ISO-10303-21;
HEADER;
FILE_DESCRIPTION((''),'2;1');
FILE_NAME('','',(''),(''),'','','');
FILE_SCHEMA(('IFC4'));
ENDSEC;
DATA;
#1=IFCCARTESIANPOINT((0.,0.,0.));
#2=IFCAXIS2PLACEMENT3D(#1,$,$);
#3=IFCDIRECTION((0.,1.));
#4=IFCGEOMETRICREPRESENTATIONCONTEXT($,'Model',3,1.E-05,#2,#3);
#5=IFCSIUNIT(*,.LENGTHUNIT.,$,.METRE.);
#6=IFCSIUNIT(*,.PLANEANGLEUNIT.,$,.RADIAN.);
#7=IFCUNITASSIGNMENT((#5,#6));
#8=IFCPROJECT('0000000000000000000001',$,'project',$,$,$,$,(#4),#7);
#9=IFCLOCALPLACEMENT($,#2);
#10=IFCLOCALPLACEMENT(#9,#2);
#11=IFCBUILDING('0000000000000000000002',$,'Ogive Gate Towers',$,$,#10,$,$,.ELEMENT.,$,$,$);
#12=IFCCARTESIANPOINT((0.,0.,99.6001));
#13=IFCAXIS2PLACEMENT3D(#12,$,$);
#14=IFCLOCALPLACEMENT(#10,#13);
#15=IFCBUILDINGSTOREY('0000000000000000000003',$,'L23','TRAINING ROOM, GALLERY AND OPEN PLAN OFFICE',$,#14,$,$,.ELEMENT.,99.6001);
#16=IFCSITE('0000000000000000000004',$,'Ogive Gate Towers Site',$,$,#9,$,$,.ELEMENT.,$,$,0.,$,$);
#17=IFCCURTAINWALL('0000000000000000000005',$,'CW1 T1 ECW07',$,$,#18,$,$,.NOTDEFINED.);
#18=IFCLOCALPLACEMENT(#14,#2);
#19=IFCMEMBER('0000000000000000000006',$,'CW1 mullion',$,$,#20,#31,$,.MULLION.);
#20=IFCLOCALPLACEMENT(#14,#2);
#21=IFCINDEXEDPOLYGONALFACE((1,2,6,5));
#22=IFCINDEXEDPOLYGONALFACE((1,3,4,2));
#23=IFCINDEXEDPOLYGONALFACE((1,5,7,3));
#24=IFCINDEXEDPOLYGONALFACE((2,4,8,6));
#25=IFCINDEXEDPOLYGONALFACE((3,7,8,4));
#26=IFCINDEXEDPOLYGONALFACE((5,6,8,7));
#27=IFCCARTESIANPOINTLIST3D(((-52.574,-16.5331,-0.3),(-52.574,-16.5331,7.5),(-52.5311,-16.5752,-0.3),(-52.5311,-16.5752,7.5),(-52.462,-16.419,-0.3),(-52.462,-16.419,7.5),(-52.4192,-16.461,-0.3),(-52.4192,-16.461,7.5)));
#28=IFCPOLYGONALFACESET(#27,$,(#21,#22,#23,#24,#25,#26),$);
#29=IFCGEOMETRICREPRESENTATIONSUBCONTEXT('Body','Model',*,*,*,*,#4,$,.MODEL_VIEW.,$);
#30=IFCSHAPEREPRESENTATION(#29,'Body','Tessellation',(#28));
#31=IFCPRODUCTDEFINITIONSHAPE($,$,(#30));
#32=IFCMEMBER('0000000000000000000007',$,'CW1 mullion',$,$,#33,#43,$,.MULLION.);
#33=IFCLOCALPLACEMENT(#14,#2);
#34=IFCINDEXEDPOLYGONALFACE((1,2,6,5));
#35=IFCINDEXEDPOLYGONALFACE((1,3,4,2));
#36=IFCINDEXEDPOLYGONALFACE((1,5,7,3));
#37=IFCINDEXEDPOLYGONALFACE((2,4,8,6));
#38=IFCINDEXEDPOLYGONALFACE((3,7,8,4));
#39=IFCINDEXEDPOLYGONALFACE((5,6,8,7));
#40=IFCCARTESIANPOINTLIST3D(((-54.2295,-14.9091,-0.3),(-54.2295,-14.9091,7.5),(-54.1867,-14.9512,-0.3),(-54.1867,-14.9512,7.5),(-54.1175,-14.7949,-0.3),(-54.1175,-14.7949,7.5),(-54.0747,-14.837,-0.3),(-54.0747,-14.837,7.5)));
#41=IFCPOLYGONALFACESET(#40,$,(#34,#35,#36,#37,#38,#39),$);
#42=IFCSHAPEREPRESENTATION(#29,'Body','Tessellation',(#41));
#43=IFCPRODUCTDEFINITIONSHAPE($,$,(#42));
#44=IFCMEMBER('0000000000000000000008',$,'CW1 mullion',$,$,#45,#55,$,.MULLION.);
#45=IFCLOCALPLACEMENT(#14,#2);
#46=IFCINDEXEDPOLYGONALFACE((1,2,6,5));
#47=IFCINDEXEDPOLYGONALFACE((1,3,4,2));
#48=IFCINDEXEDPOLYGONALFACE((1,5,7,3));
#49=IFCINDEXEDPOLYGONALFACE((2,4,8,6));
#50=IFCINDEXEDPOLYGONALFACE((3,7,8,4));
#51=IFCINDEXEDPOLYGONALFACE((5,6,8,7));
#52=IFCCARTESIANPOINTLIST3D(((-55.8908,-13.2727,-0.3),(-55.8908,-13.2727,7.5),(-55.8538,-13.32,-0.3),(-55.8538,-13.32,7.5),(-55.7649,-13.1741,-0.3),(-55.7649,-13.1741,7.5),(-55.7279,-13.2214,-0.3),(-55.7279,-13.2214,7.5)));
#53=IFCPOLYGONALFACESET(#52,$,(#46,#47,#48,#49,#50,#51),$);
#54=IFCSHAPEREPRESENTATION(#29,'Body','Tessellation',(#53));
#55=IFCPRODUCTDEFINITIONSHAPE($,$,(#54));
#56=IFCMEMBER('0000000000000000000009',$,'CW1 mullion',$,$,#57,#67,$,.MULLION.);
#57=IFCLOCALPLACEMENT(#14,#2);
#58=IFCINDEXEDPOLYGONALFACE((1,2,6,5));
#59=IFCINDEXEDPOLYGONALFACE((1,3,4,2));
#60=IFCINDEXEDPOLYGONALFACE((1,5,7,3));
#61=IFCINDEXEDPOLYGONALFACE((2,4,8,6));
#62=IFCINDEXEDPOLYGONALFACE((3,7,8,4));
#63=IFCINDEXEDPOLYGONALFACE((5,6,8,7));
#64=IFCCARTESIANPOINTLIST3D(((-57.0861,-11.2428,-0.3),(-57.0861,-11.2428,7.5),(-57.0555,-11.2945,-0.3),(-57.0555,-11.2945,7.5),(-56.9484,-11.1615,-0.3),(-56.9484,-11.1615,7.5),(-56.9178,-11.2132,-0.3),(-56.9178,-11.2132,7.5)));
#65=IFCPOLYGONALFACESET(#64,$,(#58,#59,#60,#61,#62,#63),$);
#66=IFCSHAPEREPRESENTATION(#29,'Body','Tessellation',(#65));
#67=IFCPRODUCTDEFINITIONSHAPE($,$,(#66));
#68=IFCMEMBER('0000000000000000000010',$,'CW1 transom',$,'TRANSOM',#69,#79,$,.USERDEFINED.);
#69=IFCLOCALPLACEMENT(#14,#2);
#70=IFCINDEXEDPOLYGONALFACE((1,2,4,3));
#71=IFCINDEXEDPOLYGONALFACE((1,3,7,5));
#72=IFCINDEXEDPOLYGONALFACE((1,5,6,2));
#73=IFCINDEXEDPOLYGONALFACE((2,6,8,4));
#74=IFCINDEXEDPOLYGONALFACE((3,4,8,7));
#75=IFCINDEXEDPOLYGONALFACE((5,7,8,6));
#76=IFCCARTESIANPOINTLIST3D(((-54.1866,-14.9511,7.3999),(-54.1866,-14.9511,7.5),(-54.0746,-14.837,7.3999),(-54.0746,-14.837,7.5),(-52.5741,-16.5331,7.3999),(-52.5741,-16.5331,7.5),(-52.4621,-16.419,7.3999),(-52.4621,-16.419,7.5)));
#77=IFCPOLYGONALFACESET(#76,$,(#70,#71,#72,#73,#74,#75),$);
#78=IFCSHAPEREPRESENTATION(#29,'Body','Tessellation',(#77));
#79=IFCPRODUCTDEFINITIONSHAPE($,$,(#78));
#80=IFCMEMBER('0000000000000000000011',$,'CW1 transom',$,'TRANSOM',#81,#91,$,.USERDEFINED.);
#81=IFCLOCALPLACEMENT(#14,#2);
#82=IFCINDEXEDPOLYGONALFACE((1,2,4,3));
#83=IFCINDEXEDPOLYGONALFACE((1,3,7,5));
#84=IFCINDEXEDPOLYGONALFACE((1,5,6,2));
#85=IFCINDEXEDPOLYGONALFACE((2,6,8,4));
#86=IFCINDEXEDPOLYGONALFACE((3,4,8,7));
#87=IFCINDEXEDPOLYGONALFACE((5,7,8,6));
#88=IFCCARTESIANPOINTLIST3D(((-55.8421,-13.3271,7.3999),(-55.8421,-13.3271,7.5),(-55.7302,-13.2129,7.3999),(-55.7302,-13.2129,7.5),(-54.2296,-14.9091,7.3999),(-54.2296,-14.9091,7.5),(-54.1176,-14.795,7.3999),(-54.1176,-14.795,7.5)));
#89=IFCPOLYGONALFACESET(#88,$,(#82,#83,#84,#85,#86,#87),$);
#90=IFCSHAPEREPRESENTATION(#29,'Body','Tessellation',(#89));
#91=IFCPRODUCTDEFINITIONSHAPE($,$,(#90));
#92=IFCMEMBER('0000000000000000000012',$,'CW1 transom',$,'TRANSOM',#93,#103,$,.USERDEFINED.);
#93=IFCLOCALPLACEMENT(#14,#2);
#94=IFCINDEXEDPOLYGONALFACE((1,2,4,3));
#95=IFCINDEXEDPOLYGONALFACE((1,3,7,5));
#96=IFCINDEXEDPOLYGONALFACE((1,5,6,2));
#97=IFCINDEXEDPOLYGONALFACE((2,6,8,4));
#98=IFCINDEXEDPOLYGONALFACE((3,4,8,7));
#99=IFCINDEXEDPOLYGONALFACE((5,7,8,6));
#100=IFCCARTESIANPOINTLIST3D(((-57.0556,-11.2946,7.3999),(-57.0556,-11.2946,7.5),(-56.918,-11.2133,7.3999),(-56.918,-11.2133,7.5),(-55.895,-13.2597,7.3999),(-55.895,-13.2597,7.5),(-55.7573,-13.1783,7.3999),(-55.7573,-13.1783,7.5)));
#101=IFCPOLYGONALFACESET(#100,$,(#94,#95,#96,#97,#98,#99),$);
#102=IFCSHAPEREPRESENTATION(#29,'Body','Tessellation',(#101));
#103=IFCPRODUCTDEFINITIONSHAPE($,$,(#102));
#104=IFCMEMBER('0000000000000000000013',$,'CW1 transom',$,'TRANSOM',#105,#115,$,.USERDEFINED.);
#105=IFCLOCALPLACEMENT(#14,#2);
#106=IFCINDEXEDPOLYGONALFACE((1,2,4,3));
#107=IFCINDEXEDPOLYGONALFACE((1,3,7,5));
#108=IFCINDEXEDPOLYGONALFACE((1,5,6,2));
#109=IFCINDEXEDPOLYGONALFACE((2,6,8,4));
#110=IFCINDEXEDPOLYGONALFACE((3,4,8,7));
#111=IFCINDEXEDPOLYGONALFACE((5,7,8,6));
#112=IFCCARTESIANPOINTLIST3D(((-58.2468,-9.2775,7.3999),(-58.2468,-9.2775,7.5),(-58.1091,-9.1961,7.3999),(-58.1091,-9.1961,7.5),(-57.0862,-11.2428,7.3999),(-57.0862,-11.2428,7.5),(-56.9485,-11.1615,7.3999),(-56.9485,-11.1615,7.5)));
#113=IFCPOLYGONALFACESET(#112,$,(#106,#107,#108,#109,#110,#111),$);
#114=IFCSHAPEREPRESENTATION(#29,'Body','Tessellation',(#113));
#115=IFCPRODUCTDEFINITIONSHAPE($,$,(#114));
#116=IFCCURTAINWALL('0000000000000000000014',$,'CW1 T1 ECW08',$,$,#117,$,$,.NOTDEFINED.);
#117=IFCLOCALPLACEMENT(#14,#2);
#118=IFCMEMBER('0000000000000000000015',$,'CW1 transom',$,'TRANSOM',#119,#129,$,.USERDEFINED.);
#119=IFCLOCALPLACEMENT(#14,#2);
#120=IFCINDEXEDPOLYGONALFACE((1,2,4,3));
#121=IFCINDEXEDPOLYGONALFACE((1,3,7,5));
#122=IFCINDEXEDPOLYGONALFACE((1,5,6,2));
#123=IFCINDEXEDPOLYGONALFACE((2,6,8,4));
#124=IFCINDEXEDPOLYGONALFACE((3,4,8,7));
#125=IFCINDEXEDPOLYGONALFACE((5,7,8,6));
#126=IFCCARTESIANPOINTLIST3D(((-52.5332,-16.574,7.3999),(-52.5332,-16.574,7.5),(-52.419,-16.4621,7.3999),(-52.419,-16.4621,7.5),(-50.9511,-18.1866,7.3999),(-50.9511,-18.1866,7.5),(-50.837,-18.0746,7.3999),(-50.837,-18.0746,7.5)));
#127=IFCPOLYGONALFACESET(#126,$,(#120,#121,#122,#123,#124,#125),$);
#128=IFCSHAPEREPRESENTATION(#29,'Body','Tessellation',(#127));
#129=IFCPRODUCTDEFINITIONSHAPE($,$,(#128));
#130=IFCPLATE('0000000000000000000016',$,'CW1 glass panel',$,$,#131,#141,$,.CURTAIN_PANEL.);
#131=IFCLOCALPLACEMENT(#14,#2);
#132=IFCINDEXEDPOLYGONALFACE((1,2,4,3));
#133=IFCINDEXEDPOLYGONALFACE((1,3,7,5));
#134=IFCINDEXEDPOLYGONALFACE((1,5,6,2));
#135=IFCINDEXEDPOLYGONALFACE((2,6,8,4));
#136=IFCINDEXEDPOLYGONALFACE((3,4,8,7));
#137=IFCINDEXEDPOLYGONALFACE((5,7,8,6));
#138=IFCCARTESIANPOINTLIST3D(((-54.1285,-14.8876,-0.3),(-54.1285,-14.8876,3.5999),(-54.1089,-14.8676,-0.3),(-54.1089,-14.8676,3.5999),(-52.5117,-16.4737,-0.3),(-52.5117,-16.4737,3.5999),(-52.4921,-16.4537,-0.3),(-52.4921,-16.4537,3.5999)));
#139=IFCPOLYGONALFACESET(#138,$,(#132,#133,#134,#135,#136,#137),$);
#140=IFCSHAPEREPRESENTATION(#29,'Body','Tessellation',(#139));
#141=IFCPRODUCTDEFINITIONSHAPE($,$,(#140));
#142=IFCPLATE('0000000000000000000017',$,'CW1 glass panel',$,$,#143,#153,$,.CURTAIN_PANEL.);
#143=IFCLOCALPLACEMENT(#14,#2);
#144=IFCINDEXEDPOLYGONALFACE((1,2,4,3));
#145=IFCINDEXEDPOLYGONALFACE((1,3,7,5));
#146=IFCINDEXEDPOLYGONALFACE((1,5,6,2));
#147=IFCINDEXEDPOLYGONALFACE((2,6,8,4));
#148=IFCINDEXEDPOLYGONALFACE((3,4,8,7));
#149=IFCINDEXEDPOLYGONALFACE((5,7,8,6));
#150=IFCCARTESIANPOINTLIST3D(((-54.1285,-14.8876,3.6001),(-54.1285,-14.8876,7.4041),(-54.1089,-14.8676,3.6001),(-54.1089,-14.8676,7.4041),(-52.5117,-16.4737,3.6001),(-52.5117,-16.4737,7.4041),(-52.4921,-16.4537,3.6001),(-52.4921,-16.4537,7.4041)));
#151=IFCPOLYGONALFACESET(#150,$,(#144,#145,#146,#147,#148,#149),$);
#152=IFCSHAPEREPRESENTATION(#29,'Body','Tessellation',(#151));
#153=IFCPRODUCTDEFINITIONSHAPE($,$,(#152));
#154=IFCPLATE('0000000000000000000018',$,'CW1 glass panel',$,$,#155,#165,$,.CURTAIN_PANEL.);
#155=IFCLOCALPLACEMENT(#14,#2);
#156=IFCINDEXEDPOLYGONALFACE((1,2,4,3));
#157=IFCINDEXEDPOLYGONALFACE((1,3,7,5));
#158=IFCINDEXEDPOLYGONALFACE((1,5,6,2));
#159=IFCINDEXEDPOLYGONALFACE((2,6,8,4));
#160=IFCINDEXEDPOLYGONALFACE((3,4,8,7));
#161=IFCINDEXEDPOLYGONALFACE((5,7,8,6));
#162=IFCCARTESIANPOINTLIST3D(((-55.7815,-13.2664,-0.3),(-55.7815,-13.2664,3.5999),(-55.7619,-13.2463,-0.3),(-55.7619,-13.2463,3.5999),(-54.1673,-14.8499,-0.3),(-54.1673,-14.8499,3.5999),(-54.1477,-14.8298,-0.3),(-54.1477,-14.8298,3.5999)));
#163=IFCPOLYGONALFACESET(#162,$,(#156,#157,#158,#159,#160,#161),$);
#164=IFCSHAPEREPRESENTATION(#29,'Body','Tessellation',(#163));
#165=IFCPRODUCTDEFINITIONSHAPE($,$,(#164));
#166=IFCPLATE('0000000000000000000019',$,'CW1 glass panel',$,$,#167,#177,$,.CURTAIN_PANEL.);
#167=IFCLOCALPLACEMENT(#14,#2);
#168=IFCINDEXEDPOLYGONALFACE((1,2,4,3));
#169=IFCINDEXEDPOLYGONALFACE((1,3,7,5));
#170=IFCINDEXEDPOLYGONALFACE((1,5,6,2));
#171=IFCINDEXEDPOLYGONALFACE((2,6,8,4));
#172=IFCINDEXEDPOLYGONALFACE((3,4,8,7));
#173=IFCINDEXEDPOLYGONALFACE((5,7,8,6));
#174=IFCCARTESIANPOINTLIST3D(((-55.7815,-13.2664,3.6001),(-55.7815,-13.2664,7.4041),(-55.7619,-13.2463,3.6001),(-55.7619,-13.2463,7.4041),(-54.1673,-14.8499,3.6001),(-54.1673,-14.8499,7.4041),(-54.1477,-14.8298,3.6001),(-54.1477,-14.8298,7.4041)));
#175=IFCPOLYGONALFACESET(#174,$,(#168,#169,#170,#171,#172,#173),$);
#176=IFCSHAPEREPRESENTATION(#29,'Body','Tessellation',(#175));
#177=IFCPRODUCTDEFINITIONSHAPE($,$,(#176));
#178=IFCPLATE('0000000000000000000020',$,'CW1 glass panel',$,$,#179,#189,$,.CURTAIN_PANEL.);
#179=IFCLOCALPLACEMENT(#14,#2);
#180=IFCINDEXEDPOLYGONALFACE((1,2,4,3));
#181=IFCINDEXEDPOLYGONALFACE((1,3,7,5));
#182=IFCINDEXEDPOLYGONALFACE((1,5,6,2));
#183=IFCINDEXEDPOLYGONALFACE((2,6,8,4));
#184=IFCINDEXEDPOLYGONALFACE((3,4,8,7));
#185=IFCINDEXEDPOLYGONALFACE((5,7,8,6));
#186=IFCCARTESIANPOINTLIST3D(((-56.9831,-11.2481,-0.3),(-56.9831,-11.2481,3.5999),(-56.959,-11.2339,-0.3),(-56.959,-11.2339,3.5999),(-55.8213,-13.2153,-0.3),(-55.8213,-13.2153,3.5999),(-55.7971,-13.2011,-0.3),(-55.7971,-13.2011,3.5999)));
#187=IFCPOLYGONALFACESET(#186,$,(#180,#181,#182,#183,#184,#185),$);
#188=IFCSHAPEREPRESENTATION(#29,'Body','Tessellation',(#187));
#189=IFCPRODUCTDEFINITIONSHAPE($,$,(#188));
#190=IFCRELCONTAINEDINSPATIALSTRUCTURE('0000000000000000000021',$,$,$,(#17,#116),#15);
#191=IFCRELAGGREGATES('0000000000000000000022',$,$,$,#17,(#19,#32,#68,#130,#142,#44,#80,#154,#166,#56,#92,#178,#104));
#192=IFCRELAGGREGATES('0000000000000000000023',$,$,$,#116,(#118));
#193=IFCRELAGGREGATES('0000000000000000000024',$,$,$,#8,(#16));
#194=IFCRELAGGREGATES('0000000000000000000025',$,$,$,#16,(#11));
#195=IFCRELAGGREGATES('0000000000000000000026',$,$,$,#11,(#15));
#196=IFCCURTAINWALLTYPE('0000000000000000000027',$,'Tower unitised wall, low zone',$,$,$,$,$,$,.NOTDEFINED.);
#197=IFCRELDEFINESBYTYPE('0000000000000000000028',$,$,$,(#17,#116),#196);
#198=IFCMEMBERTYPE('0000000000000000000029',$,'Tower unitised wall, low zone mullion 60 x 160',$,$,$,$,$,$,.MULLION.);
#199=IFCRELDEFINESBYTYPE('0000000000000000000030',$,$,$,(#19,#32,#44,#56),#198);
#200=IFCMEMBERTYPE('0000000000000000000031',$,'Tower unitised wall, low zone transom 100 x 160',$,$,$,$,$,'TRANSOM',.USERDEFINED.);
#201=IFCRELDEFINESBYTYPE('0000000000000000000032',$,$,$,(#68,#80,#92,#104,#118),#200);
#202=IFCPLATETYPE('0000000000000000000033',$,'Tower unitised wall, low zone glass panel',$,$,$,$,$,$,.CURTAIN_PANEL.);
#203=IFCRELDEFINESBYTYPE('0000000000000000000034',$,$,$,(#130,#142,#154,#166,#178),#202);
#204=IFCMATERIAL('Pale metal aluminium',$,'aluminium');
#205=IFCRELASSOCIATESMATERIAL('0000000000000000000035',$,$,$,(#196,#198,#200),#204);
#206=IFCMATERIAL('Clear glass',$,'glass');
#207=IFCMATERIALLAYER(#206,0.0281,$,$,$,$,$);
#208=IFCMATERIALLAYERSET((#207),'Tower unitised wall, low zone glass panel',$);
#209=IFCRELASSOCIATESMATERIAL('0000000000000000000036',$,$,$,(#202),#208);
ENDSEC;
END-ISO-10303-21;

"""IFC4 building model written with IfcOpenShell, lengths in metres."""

from ifc_helpers import new_model, si_unit, direction, frame, origin, origin_2d, place, context, subcontext, project, spatial, rectangle, extrude, material, layer, layer_set, material_profile, profile_set, type_object, element, aggregate, save


model = new_model("IFC4")

# Units and contexts
model_context = context("Model", 3, precision=1e-05, world=origin(), true_north=direction((0.0, 1.0)))
body_context = subcontext(model_context, "Body", "Model", "MODEL_VIEW")
ifc_project = project(units=[si_unit("LENGTHUNIT", "METRE"), si_unit("PLANEANGLEUNIT", "RADIAN")], contexts=[model_context])

# Site, building, storey
site_placement = place(None, origin())
site = spatial("IfcSite", under=ifc_project, at=site_placement, Name="Ogive Gate Towers Site", CompositionType="ELEMENT", RefElevation=0.0)
building_placement = place(site_placement, origin())
building = spatial("IfcBuilding", under=site, at=building_placement, Name="Ogive Gate Towers", CompositionType="ELEMENT")
storey_placement = place(building_placement, frame((0.0, 0.0, 99.6001)))
storey = spatial("IfcBuildingStorey", under=building, at=storey_placement, Name="L23", Description="TRAINING ROOM, GALLERY AND OPEN PLAN OFFICE", CompositionType="ELEMENT", Elevation=99.6001)

# Curtain wall, members
ifc_material_1 = material(Name="Pale metal aluminium", Category="aluminium")
curtain_wall_type = type_object("IfcCurtainWallType", Name="Tower unitised wall, low zone", PredefinedType="NOTDEFINED", material=ifc_material_1)
curtain_wall_1_placement = place(storey_placement, origin())
curtain_wall_1 = element("IfcCurtainWall", 1, at=curtain_wall_1_placement, inside=storey, type_object=curtain_wall_type, Name="CW1 T1 ECW07", PredefinedType="NOTDEFINED")
ifc_material_profile_1 = material_profile(ifc_material_1, rectangle(XDim=0.1599, YDim=0.0601, at=origin_2d()), Name="60 x 160 aluminium box")
ifc_profile_set_1 = profile_set([ifc_material_profile_1], Name="Pale metal aluminium")
member_type_1 = type_object("IfcMemberType", Name="Tower unitised wall, low zone mullion 60 x 160", PredefinedType="MULLION", material=ifc_profile_set_1)
member_1_placement = place(storey_placement, frame((-52.4966, -16.4971, -0.3), z_axis=(0.0, 0.0, 1.0), x_axis=(0.700299, 0.71385, 0.0)))
member_1 = element("IfcMember", 2, at=member_1_placement, type_object=member_type_1, Name="CW1 mullion", PredefinedType="MULLION", context=body_context, shape_type="SweptSolid", body=[
    extrude(rectangle(XDim=0.1599, YDim=0.0601, at=origin_2d()), origin(), (0.0, 0.0, 1.0), 7.8),
])
member_2_placement = place(storey_placement, frame((-54.1521, -14.873, -0.3), z_axis=(0.0, 0.0, 1.0), x_axis=(0.700299, 0.71385, 0.0)))
member_2 = element("IfcMember", 3, at=member_2_placement, type_object=member_type_1, Name="CW1 mullion", PredefinedType="MULLION", context=body_context, shape_type="SweptSolid", body=[
    extrude(rectangle(XDim=0.1599, YDim=0.0601, at=origin_2d()), origin(), (0.0, 0.0, 1.0), 7.8),
])
member_3_placement = place(storey_placement, frame((-55.8093, -13.2471, -0.3), z_axis=(0.0, 0.0, 1.0), x_axis=(0.787387, 0.616459, 0.0)))
member_3 = element("IfcMember", 4, at=member_3_placement, type_object=member_type_1, Name="CW1 mullion", PredefinedType="MULLION", context=body_context, shape_type="SweptSolid", body=[
    extrude(rectangle(XDim=0.1599, YDim=0.0601, at=origin_2d()), origin(), (0.0, 0.0, 1.0), 7.8),
])
member_4_placement = place(storey_placement, frame((-57.002, -11.228, -0.3), z_axis=(0.0, 0.0, 1.0), x_axis=(0.861035, 0.508546, 0.0)))
member_4 = element("IfcMember", 5, at=member_4_placement, type_object=member_type_1, Name="CW1 mullion", PredefinedType="MULLION", context=body_context, shape_type="SweptSolid", body=[
    extrude(rectangle(XDim=0.1599, YDim=0.0601, at=origin_2d()), origin(), (0.0, 0.0, 1.0), 7.8),
])
ifc_material_profile_2 = material_profile(ifc_material_1, rectangle(XDim=0.1599, YDim=0.1001, at=origin_2d()), Name="100 x 160 aluminium box")
ifc_profile_set_2 = profile_set([ifc_material_profile_2], Name="Pale metal aluminium")
member_type_2 = type_object("IfcMemberType", Name="Tower unitised wall, low zone transom 100 x 160", ElementType="TRANSOM", PredefinedType="USERDEFINED", material=ifc_profile_set_2)
member_5_placement = place(storey_placement, frame((-52.5181, -16.4761, 7.45), z_axis=(-0.713829, 0.70032, 0.0), x_axis=(-0.70032, -0.713829, 0.0)))
member_5 = element("IfcMember", 6, at=member_5_placement, type_object=member_type_2, Name="CW1 transom", ObjectType="TRANSOM", PredefinedType="USERDEFINED", context=body_context, shape_type="SweptSolid", body=[
    extrude(rectangle(XDim=0.1599, YDim=0.1001, at=origin_2d()), origin(), (0.0, 0.0, 1.0), 2.259),
])
member_6_placement = place(storey_placement, frame((-54.1736, -14.8521, 7.45), z_axis=(-0.713829, 0.70032, 0.0), x_axis=(-0.70032, -0.713829, 0.0)))
member_6 = element("IfcMember", 7, at=member_6_placement, type_object=member_type_2, Name="CW1 transom", ObjectType="TRANSOM", PredefinedType="USERDEFINED", context=body_context, shape_type="SweptSolid", body=[
    extrude(rectangle(XDim=0.1599, YDim=0.1001, at=origin_2d()), origin(), (0.0, 0.0, 1.0), 2.259),
])
member_7_placement = place(storey_placement, frame((-55.8262, -13.219, 7.45), z_axis=(-0.508553, 0.861031, 0.0), x_axis=(-0.861031, -0.508553, 0.0)))
member_7 = element("IfcMember", 8, at=member_7_placement, type_object=member_type_2, Name="CW1 transom", ObjectType="TRANSOM", PredefinedType="USERDEFINED", context=body_context, shape_type="SweptSolid", body=[
    extrude(rectangle(XDim=0.1599, YDim=0.1001, at=origin_2d()), origin(), (0.0, 0.0, 1.0), 2.2822),
])
member_8_placement = place(storey_placement, frame((-57.0173, -11.2021, 7.45), z_axis=(-0.508506, 0.861059, 0.0), x_axis=(-0.861059, -0.508506, 0.0)))
member_8 = element("IfcMember", 9, at=member_8_placement, type_object=member_type_2, Name="CW1 transom", ObjectType="TRANSOM", PredefinedType="USERDEFINED", context=body_context, shape_type="SweptSolid", body=[
    extrude(rectangle(XDim=0.1599, YDim=0.1001, at=origin_2d()), origin(), (0.0, 0.0, 1.0), 2.2825),
])

# Curtain wall, member
curtain_wall_2_placement = place(storey_placement, origin())
curtain_wall_2 = element("IfcCurtainWall", 10, at=curtain_wall_2_placement, inside=storey, type_object=curtain_wall_type, Name="CW1 T1 ECW08", PredefinedType="NOTDEFINED")
member_9_placement = place(storey_placement, frame((-50.894, -18.1306, 7.45), z_axis=(-0.70032, 0.713829, 0.0), x_axis=(-0.713829, -0.70032, 0.0)))
member_9 = element("IfcMember", 11, at=member_9_placement, type_object=member_type_2, Name="CW1 transom", ObjectType="TRANSOM", PredefinedType="USERDEFINED", context=body_context, shape_type="SweptSolid", body=[
    extrude(rectangle(XDim=0.1599, YDim=0.1001, at=origin_2d()), origin(), (0.0, 0.0, 1.0), 2.259),
])

# Plates
ifc_material_2 = material(Name="Clear glass", Category="glass")
ifc_layer_1 = layer(ifc_material_2, 0.0281)
ifc_layer_set_1 = layer_set([ifc_layer_1], Name="Tower unitised wall, low zone glass panel")
plate_type = type_object("IfcPlateType", Name="Tower unitised wall, low zone glass panel", PredefinedType="CURTAIN_PANEL", material=ifc_layer_set_1)
plate_1_placement = place(storey_placement, frame((-53.3103, -15.6707, -0.3), z_axis=(0.0, 0.0, 1.0), x_axis=(-0.71385, 0.700299, 0.0)))
plate_1 = element("IfcPlate", 12, at=plate_1_placement, type_object=plate_type, Name="CW1 glass panel", PredefinedType="CURTAIN_PANEL", context=body_context, shape_type="SweptSolid", body=[
    extrude(rectangle(XDim=2.2649, YDim=0.0281, at=origin_2d()), origin(), (0.0, 0.0, 1.0), 3.8999),
])
plate_2_placement = place(storey_placement, frame((-53.3103, -15.6707, 3.6001), z_axis=(0.0, 0.0, 1.0), x_axis=(-0.71385, 0.700299, 0.0)))
plate_2 = element("IfcPlate", 13, at=plate_2_placement, type_object=plate_type, Name="CW1 glass panel", PredefinedType="CURTAIN_PANEL", context=body_context, shape_type="SweptSolid", body=[
    extrude(rectangle(XDim=2.2649, YDim=0.0281, at=origin_2d()), origin(), (0.0, 0.0, 1.0), 3.804),
])
plate_3_placement = place(storey_placement, frame((-54.9646, -14.0481, -0.3), z_axis=(0.0, 0.0, 1.0), x_axis=(-0.713862, 0.700287, 0.0)))
plate_3 = element("IfcPlate", 14, at=plate_3_placement, type_object=plate_type, Name="CW1 glass panel", PredefinedType="CURTAIN_PANEL", context=body_context, shape_type="SweptSolid", body=[
    extrude(rectangle(XDim=2.2612, YDim=0.0281, at=origin_2d()), origin(), (0.0, 0.0, 1.0), 3.8999),
])
plate_4_placement = place(storey_placement, frame((-54.9646, -14.0481, 3.6001), z_axis=(0.0, 0.0, 1.0), x_axis=(-0.713862, 0.700287, 0.0)))
plate_4 = element("IfcPlate", 15, at=plate_4_placement, type_object=plate_type, Name="CW1 glass panel", PredefinedType="CURTAIN_PANEL", context=body_context, shape_type="SweptSolid", body=[
    extrude(rectangle(XDim=2.2612, YDim=0.0281, at=origin_2d()), origin(), (0.0, 0.0, 1.0), 3.804),
])
plate_5_placement = place(storey_placement, frame((-56.3901, -12.2246, -0.3), z_axis=(0.0, 0.0, 1.0), x_axis=(-0.508531, 0.861044, 0.0)))
plate_5 = element("IfcPlate", 16, at=plate_5_placement, type_object=plate_type, Name="CW1 glass panel", PredefinedType="CURTAIN_PANEL", context=body_context, shape_type="SweptSolid", body=[
    extrude(rectangle(XDim=2.2847, YDim=0.0281, at=origin_2d()), origin(), (0.0, 0.0, 1.0), 3.8999),
])
aggregate(curtain_wall_1, [member_1, member_2, member_5, plate_1, plate_2, member_3, member_6, plate_3, plate_4, member_4, member_7, plate_5, member_8])
aggregate(curtain_wall_2, [member_9])

save(model, "model.ifc")
